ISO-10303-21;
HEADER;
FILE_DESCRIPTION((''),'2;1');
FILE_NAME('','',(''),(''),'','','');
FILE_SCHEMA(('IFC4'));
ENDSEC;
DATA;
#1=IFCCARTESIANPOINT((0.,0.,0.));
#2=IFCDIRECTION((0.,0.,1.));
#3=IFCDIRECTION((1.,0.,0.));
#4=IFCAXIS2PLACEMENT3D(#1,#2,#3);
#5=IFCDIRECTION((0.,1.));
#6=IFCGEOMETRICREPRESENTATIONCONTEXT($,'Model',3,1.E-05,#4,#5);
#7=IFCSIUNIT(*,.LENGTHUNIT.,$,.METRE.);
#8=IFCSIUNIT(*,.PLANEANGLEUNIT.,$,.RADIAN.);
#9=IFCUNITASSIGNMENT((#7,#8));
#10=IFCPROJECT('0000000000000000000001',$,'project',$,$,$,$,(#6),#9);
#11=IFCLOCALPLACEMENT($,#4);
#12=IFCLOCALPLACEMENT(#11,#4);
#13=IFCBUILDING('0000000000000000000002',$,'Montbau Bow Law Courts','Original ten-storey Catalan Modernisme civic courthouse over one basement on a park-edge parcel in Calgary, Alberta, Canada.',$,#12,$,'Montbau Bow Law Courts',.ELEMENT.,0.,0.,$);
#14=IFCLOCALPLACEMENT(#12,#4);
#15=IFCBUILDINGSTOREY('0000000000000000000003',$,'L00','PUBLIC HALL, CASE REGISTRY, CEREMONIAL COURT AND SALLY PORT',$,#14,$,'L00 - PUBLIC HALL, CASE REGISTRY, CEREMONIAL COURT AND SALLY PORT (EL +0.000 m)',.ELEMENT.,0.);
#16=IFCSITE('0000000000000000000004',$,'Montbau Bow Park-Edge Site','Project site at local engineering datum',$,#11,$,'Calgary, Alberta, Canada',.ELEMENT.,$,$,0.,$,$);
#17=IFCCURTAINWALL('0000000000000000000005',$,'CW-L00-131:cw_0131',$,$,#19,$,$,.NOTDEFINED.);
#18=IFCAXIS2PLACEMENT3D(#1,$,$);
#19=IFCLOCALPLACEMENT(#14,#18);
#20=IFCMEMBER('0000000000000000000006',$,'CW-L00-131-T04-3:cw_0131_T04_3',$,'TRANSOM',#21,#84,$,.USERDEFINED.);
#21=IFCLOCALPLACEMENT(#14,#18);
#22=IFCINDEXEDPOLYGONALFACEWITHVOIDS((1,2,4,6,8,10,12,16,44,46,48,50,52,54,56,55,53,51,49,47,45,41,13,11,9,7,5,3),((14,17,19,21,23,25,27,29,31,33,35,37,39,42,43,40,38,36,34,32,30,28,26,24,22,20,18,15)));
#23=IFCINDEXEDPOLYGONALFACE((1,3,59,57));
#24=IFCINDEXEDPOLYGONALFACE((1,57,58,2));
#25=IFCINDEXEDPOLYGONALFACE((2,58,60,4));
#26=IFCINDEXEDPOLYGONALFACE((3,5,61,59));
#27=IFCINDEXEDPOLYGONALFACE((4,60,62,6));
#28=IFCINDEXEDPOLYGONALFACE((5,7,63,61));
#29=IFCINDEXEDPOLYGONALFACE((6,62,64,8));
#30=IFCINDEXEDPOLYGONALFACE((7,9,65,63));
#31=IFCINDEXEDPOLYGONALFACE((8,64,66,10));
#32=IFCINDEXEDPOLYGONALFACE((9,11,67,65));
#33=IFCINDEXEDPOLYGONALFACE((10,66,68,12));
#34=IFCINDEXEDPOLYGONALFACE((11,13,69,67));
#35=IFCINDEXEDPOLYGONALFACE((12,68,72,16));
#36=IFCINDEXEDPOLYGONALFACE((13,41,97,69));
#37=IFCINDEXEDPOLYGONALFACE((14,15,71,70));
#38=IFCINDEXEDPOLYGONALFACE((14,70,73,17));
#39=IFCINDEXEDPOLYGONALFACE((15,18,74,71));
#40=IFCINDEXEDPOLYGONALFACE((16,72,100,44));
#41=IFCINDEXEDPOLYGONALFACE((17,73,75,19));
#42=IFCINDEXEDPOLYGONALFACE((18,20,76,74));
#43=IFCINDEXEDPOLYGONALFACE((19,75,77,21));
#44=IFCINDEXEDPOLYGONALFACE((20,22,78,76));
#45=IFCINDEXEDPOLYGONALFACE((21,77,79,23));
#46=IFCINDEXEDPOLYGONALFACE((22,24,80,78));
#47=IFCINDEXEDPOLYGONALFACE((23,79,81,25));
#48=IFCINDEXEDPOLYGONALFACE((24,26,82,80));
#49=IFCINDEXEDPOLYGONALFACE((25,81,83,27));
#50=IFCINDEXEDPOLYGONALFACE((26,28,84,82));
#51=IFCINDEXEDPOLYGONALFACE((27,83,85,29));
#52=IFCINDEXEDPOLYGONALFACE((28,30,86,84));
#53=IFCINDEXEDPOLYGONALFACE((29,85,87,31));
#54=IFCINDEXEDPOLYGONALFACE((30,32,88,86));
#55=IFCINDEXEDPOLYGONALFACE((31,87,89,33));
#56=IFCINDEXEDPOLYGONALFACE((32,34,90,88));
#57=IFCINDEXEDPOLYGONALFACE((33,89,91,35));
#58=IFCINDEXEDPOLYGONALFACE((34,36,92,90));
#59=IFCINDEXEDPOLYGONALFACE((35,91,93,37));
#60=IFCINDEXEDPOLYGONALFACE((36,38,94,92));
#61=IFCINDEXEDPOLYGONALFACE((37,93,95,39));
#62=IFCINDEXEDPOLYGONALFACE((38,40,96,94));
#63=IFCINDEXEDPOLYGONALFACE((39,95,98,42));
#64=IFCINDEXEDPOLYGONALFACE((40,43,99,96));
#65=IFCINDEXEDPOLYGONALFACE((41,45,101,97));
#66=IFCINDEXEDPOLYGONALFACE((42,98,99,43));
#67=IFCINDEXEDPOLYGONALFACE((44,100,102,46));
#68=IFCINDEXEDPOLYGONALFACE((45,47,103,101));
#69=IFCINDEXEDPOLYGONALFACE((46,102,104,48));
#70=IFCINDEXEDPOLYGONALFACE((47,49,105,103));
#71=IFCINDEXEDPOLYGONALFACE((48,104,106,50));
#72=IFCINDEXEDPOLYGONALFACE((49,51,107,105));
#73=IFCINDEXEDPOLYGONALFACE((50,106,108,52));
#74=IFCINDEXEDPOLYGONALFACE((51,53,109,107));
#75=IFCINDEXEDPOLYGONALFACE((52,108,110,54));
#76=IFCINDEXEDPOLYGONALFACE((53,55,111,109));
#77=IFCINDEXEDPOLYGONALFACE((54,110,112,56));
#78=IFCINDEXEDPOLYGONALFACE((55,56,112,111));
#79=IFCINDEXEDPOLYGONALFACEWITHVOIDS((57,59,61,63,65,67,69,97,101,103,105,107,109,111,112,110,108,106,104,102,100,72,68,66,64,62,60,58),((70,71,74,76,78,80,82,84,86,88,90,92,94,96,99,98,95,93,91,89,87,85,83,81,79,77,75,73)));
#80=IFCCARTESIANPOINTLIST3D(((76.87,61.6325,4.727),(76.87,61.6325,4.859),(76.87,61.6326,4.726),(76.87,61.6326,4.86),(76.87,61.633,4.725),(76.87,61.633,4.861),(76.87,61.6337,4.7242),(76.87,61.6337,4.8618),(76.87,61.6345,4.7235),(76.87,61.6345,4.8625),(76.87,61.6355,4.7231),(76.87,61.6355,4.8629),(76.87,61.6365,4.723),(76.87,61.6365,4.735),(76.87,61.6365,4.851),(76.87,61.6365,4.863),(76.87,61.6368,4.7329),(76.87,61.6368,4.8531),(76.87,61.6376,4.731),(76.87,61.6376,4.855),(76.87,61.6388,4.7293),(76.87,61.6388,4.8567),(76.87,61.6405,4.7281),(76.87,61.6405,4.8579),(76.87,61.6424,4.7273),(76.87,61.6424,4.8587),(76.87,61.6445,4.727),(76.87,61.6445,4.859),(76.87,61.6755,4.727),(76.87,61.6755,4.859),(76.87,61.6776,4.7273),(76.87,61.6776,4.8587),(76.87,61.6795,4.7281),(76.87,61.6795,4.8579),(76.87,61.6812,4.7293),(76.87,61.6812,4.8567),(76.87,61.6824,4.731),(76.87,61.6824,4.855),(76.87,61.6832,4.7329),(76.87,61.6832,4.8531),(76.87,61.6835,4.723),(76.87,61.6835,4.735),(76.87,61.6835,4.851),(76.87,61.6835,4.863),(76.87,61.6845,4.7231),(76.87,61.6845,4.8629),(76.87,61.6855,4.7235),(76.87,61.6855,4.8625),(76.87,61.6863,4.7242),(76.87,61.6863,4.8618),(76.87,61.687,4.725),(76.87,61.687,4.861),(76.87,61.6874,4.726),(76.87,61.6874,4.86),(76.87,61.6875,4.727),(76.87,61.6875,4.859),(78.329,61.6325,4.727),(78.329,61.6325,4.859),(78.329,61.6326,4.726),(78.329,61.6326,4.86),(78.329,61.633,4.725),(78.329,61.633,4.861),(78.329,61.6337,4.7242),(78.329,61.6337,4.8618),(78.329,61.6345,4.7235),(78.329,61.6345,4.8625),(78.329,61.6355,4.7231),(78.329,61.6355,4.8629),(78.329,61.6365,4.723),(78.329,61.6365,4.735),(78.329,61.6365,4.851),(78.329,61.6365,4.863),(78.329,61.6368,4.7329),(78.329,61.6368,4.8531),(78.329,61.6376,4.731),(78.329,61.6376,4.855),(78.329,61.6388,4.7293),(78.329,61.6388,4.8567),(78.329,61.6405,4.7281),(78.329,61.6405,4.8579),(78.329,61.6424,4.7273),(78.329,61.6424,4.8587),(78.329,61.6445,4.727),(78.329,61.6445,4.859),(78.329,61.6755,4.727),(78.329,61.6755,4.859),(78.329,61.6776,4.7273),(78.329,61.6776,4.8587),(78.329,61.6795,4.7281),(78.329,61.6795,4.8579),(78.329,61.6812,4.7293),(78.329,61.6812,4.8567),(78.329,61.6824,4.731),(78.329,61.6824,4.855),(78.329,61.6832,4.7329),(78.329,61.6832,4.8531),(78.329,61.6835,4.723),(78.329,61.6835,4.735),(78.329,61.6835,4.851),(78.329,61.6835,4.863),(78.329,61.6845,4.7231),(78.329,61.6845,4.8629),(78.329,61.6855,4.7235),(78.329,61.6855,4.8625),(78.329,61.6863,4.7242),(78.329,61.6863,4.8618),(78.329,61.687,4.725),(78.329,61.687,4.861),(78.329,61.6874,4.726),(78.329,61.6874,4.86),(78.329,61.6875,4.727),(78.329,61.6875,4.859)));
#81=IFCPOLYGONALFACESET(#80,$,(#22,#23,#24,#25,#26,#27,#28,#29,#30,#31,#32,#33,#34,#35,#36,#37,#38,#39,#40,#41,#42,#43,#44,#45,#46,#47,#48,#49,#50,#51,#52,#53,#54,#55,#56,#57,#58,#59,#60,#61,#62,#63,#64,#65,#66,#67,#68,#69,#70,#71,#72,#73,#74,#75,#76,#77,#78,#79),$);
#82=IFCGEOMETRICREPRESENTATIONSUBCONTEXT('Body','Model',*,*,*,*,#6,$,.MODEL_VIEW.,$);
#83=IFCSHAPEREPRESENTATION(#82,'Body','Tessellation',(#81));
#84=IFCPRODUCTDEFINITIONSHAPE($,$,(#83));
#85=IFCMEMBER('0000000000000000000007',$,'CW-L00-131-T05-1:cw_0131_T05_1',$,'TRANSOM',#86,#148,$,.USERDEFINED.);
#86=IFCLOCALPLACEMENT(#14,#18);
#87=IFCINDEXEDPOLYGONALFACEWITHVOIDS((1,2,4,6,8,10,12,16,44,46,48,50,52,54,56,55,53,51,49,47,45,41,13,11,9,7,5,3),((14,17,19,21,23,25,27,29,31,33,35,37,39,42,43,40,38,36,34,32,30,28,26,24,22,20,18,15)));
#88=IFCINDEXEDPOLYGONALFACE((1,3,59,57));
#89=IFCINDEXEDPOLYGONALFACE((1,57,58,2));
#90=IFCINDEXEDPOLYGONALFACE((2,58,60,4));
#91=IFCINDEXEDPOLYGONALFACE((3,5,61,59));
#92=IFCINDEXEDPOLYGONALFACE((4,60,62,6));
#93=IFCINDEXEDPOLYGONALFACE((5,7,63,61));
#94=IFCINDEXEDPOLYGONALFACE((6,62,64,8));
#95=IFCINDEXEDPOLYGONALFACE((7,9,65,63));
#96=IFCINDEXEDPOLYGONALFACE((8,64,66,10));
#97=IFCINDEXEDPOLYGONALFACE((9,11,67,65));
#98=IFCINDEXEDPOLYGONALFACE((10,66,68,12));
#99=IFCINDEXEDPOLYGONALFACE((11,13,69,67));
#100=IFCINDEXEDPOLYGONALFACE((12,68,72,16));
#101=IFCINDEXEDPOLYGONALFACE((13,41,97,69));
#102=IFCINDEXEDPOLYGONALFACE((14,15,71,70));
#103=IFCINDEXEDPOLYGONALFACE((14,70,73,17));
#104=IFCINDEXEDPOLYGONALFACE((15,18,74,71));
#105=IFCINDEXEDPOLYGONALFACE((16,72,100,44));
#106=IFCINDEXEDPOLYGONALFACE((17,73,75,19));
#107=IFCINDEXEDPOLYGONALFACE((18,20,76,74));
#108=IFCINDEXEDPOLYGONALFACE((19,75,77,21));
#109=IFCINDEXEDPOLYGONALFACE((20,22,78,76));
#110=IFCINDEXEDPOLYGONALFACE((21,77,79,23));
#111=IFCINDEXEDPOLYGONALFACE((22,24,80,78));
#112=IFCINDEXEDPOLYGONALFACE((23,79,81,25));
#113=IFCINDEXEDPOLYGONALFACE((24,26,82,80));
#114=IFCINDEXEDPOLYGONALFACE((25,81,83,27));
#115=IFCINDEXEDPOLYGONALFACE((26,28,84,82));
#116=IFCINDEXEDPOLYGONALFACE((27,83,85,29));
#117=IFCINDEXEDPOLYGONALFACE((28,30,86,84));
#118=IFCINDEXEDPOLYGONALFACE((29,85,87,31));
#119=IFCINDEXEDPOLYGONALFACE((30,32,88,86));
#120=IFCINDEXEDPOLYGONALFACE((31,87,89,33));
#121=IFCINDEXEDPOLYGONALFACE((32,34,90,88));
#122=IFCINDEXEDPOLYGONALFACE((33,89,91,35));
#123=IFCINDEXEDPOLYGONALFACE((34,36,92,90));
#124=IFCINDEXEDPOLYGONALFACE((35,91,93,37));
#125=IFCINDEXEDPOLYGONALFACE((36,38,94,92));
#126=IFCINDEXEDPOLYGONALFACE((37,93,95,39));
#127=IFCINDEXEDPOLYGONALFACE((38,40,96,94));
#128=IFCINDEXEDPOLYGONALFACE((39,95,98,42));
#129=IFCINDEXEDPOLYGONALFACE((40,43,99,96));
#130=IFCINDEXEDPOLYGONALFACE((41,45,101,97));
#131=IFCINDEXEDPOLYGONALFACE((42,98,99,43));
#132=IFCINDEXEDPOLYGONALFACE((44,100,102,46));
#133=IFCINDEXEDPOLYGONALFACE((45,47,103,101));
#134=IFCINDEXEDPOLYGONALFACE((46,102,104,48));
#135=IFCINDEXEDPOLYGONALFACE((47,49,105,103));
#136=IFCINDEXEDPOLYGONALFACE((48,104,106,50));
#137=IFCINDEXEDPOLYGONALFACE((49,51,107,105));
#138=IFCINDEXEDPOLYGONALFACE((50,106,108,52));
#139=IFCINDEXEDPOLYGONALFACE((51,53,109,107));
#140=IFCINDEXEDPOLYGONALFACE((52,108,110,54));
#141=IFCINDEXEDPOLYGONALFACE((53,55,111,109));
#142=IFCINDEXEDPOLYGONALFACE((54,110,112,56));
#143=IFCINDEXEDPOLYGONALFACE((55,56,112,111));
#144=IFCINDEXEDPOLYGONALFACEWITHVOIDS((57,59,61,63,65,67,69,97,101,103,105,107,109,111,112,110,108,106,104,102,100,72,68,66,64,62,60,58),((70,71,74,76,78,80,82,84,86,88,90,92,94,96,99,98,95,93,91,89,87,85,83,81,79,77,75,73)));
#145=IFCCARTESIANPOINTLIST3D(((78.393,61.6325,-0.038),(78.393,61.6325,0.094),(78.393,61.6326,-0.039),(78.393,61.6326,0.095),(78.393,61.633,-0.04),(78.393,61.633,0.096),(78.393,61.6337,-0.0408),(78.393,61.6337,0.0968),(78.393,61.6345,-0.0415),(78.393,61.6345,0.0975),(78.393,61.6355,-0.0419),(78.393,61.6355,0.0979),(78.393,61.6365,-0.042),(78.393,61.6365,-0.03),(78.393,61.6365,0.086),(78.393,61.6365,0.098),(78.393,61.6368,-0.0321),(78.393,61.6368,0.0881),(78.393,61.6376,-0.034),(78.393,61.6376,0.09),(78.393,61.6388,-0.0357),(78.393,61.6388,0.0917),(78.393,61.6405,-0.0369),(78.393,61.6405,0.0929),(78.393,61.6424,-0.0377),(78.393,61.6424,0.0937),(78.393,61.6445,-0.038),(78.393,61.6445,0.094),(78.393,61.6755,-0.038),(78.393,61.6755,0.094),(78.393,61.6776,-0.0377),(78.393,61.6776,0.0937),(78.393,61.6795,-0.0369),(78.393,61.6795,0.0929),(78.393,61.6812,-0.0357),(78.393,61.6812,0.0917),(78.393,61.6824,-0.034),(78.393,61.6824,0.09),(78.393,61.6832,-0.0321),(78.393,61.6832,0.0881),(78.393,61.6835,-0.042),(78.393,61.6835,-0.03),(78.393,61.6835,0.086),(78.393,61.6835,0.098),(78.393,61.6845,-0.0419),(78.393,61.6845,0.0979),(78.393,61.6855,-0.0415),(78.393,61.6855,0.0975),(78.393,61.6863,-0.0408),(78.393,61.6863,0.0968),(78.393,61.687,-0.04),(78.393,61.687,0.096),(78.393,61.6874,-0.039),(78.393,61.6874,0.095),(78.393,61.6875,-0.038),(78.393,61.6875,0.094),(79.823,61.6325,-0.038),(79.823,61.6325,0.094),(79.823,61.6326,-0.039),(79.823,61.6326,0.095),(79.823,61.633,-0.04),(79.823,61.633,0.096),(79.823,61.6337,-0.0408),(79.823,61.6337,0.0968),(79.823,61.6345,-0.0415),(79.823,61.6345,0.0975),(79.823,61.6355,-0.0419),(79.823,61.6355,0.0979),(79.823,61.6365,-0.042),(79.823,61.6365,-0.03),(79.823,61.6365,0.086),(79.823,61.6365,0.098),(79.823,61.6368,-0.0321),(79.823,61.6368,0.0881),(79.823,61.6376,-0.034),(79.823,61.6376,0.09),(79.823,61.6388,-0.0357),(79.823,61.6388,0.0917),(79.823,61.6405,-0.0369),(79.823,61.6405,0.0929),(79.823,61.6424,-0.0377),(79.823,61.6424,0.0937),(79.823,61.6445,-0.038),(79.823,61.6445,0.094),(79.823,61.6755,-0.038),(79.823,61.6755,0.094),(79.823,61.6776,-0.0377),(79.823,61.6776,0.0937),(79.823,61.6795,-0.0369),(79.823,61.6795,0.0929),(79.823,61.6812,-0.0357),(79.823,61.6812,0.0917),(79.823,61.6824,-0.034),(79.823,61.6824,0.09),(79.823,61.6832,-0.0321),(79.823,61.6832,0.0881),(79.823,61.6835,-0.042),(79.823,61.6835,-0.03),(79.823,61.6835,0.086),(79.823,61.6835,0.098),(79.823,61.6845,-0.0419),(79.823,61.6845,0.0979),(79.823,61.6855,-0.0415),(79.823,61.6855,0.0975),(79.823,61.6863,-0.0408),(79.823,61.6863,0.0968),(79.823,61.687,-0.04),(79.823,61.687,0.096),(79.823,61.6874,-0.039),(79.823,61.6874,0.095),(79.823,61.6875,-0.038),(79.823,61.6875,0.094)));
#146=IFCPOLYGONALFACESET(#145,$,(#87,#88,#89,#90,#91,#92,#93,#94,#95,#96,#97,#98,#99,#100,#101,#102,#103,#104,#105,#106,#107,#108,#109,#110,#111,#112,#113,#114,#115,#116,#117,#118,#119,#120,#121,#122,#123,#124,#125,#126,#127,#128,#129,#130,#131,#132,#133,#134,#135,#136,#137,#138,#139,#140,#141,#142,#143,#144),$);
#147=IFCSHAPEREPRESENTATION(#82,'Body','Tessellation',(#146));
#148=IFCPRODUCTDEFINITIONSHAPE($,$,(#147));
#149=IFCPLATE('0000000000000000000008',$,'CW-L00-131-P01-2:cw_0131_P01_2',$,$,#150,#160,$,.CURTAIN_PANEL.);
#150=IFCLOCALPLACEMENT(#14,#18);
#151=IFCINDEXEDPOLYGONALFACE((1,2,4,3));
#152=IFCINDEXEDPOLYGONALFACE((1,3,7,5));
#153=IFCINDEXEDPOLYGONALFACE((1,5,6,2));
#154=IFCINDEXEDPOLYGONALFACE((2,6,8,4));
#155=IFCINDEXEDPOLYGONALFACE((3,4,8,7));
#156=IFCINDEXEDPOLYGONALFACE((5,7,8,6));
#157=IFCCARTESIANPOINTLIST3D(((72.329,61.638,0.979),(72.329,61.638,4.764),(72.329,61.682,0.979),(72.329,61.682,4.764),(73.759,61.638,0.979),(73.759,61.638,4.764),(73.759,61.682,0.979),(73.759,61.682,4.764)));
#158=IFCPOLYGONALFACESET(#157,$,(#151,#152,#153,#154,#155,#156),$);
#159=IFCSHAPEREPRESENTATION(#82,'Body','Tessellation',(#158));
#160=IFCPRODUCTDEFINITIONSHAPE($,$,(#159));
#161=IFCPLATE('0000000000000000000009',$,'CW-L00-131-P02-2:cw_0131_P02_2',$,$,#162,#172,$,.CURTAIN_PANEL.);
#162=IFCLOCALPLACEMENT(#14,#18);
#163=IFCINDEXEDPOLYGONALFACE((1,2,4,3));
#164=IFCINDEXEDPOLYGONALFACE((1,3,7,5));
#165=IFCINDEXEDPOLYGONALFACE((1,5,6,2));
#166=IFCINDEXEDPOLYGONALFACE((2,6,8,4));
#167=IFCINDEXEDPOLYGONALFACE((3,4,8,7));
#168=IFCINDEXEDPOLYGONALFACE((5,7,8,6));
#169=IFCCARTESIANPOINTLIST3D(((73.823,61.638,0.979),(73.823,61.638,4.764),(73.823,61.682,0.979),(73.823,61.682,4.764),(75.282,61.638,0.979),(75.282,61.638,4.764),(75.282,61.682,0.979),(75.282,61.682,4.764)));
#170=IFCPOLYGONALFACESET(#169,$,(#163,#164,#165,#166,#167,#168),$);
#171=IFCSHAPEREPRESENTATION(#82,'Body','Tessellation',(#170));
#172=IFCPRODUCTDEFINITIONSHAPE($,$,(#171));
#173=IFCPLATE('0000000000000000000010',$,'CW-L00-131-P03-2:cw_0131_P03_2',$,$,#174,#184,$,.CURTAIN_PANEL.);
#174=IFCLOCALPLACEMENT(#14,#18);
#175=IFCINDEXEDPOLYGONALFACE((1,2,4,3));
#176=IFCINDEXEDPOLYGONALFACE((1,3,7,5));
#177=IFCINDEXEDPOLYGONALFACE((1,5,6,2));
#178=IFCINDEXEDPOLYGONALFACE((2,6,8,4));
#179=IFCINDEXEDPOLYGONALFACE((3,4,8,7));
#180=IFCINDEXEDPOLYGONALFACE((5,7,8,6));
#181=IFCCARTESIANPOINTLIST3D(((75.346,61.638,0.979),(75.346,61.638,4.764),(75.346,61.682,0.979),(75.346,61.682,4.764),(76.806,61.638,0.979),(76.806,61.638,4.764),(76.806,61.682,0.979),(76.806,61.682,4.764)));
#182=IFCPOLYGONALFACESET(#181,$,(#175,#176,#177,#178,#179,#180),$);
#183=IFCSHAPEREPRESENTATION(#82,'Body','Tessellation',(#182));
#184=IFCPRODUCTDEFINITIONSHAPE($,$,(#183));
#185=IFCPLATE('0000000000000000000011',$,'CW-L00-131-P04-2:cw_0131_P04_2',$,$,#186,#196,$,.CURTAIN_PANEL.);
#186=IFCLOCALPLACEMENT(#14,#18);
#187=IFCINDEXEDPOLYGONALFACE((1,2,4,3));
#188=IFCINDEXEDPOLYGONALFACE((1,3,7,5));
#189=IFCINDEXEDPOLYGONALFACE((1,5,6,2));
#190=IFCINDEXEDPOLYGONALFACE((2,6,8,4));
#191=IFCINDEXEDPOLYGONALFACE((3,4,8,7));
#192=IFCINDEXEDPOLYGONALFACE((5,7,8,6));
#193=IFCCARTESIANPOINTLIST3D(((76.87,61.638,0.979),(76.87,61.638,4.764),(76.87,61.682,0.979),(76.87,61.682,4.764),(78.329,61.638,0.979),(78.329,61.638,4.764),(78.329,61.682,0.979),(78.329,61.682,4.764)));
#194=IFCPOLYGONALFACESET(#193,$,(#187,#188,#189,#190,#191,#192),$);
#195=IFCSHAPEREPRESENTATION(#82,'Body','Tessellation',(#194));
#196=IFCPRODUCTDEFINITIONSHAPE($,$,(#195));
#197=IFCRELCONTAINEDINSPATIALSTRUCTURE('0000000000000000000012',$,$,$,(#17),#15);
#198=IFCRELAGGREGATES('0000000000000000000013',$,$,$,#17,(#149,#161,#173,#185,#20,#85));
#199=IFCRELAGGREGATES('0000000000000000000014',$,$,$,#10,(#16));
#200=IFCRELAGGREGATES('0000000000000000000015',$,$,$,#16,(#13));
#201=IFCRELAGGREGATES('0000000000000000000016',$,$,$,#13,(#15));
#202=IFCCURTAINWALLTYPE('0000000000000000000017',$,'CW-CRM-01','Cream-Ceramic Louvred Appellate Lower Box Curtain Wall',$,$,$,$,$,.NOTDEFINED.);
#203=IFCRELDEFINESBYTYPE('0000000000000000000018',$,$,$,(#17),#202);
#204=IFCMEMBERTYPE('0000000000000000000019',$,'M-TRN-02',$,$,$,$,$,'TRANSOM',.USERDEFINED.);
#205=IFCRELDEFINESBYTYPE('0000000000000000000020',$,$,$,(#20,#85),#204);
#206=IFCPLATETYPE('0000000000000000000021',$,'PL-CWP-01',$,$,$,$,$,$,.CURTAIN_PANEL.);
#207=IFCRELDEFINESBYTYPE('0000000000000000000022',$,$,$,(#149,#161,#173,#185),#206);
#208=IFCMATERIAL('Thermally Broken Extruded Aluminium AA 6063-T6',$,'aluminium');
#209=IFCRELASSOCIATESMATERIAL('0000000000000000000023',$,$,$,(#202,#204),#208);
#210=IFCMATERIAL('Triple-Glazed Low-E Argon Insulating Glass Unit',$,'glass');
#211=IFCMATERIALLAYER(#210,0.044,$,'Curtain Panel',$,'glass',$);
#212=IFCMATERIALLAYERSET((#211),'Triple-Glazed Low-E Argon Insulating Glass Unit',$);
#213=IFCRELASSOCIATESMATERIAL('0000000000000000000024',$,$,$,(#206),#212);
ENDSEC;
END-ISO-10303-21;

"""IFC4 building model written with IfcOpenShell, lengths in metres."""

from ifc_helpers import new_model, si_unit, direction, frame, frame_2d, origin_with_axes, origin_2d_with_axis, place, context, subcontext, project, spatial, rectangle, hollow_rectangle, extrude, material, layer, layer_set, material_profile, profile_set, type_object, element, aggregate, save


model = new_model("IFC4")

# Units and contexts
model_context = context("Model", 3, precision=1e-05, world=origin_with_axes(), true_north=direction((0.0, 1.0)))
body_context = subcontext(model_context, "Body", "Model", "MODEL_VIEW")
ifc_project = project(units=[si_unit("LENGTHUNIT", "METRE"), si_unit("PLANEANGLEUNIT", "RADIAN")], contexts=[model_context])

# Site, building, storey
site_placement = place(None, origin_with_axes())
site = spatial("IfcSite", under=ifc_project, at=site_placement, Name="Montbau Bow Park-Edge Site", Description="Project site at local engineering datum", LongName="Calgary, Alberta, Canada", CompositionType="ELEMENT", RefElevation=0.0)
building_placement = place(site_placement, origin_with_axes())
building = spatial("IfcBuilding", under=site, at=building_placement, Name="Montbau Bow Law Courts", Description="Original ten-storey Catalan Modernisme civic courthouse over one basement on a park-edge parcel in Calgary, Alberta, Canada.", LongName="Montbau Bow Law Courts", CompositionType="ELEMENT", ElevationOfRefHeight=0.0, ElevationOfTerrain=0.0)
storey_placement = place(building_placement, origin_with_axes())
storey = spatial("IfcBuildingStorey", under=building, at=storey_placement, Name="L00", Description="PUBLIC HALL, CASE REGISTRY, CEREMONIAL COURT AND SALLY PORT", LongName="L00 - PUBLIC HALL, CASE REGISTRY, CEREMONIAL COURT AND SALLY PORT (EL +0.000 m)", CompositionType="ELEMENT", Elevation=0.0)

# Curtain wall, members, plates
ifc_material_1 = material(Name="Thermally Broken Extruded Aluminium AA 6063-T6", Category="aluminium")
curtain_wall_type = type_object("IfcCurtainWallType", Name="CW-CRM-01", Description="Cream-Ceramic Louvred Appellate Lower Box Curtain Wall", PredefinedType="NOTDEFINED", material=ifc_material_1)
curtain_wall_placement = place(None, frame((72.267, 61.66, 0.0), z_axis=(0.0, 0.0, 1.0), x_axis=(1.0, 0.0, 0.0)))
curtain_wall = element("IfcCurtainWall", 1, at=curtain_wall_placement, inside=storey, type_object=curtain_wall_type, Name="CW-L00-131:cw_0131", PredefinedType="NOTDEFINED")
ifc_material_profile_1 = material_profile(ifc_material_1, hollow_rectangle(XDim=0.055, YDim=0.14, WallThickness=0.004, InnerFilletRadius=0.008, OuterFilletRadius=0.004, at=origin_2d_with_axis()), Name="CWT-140X55", Category="Main", Priority=0)
ifc_profile_set_1 = profile_set([ifc_material_profile_1], Name="Thermally Broken Extruded Aluminium AA 6063-T6")
member_type_1 = type_object("IfcMemberType", Name="M-TRN-02", ElementType="TRANSOM", PredefinedType="USERDEFINED", material=ifc_profile_set_1)
member_1_placement = place(None, frame((76.87, 61.66, 4.793), z_axis=(1.0, 0.0, 0.0), x_axis=(0.0, 1.0, 0.0)))
member_1 = element("IfcMember", 2, at=member_1_placement, type_object=member_type_1, Name="CW-L00-131-T04-3:cw_0131_T04_3", ObjectType="TRANSOM", PredefinedType="USERDEFINED", context=body_context, shape_type="SweptSolid", body=[
    extrude(hollow_rectangle(XDim=0.055, YDim=0.14, WallThickness=0.004, InnerFilletRadius=0.008, OuterFilletRadius=0.004, at=origin_2d_with_axis()), origin_with_axes(), (0.0, 0.0, 1.0), 1.459),
])
member_2_placement = place(None, frame((78.393, 61.66, 0.028), z_axis=(1.0, 0.0, 0.0), x_axis=(0.0, 1.0, 0.0)))
member_2 = element("IfcMember", 3, at=member_2_placement, type_object=member_type_1, Name="CW-L00-131-T05-1:cw_0131_T05_1", ObjectType="TRANSOM", PredefinedType="USERDEFINED", context=body_context, shape_type="SweptSolid", body=[
    extrude(hollow_rectangle(XDim=0.055, YDim=0.14, WallThickness=0.004, InnerFilletRadius=0.008, OuterFilletRadius=0.004, at=origin_2d_with_axis()), origin_with_axes(), (0.0, 0.0, 1.0), 1.43),
])
ifc_material_2 = material(Name="Triple-Glazed Low-E Argon Insulating Glass Unit", Category="glass")
ifc_layer_1 = layer(ifc_material_2, 0.044, Name="Curtain Panel", Category="glass")
ifc_layer_set_1 = layer_set([ifc_layer_1], Name="Triple-Glazed Low-E Argon Insulating Glass Unit")
plate_type_1 = type_object("IfcPlateType", Name="PL-CWP-01", PredefinedType="CURTAIN_PANEL", material=ifc_layer_set_1)
plate_1_placement = place(None, frame((72.329, 61.66, 0.979), z_axis=(0.0, -1.0, 0.0), x_axis=(1.0, 0.0, 0.0)))
plate_1 = element("IfcPlate", 4, at=plate_1_placement, type_object=plate_type_1, Name="CW-L00-131-P01-2:cw_0131_P01_2", PredefinedType="CURTAIN_PANEL", context=body_context, shape_type="SweptSolid", body=[
    extrude(rectangle(XDim=1.43, YDim=3.785, at=frame_2d((0.715, 1.8925), x_axis=(1.0, 0.0))), frame((0.0, 0.0, -0.022), z_axis=(0.0, 0.0, 1.0), x_axis=(1.0, 0.0, 0.0)), (0.0, 0.0, 1.0), 0.044),
])
plate_2_placement = place(None, frame((73.823, 61.66, 0.979), z_axis=(0.0, -1.0, 0.0), x_axis=(1.0, 0.0, 0.0)))
plate_2 = element("IfcPlate", 5, at=plate_2_placement, type_object=plate_type_1, Name="CW-L00-131-P02-2:cw_0131_P02_2", PredefinedType="CURTAIN_PANEL", context=body_context, shape_type="SweptSolid", body=[
    extrude(rectangle(XDim=1.459, YDim=3.785, at=frame_2d((0.7295, 1.8925), x_axis=(1.0, 0.0))), frame((0.0, 0.0, -0.022), z_axis=(0.0, 0.0, 1.0), x_axis=(1.0, 0.0, 0.0)), (0.0, 0.0, 1.0), 0.044),
])
plate_3_placement = place(None, frame((75.346, 61.66, 0.979), z_axis=(0.0, -1.0, 0.0), x_axis=(1.0, 0.0, 0.0)))
plate_3 = element("IfcPlate", 6, at=plate_3_placement, type_object=plate_type_1, Name="CW-L00-131-P03-2:cw_0131_P03_2", PredefinedType="CURTAIN_PANEL", context=body_context, shape_type="SweptSolid", body=[
    extrude(rectangle(XDim=1.46, YDim=3.785, at=frame_2d((0.73, 1.8925), x_axis=(1.0, 0.0))), frame((0.0, 0.0, -0.022), z_axis=(0.0, 0.0, 1.0), x_axis=(1.0, 0.0, 0.0)), (0.0, 0.0, 1.0), 0.044),
])
plate_4_placement = place(None, frame((76.87, 61.66, 0.979), z_axis=(0.0, -1.0, 0.0), x_axis=(1.0, 0.0, 0.0)))
plate_4 = element("IfcPlate", 7, at=plate_4_placement, type_object=plate_type_1, Name="CW-L00-131-P04-2:cw_0131_P04_2", PredefinedType="CURTAIN_PANEL", context=body_context, shape_type="SweptSolid", body=[
    extrude(rectangle(XDim=1.459, YDim=3.785, at=frame_2d((0.7295, 1.8925), x_axis=(1.0, 0.0))), frame((0.0, 0.0, -0.022), z_axis=(0.0, 0.0, 1.0), x_axis=(1.0, 0.0, 0.0)), (0.0, 0.0, 1.0), 0.044),
])
aggregate(curtain_wall, [plate_1, plate_2, plate_3, plate_4, member_1, member_2])

save(model, "model.ifc")
